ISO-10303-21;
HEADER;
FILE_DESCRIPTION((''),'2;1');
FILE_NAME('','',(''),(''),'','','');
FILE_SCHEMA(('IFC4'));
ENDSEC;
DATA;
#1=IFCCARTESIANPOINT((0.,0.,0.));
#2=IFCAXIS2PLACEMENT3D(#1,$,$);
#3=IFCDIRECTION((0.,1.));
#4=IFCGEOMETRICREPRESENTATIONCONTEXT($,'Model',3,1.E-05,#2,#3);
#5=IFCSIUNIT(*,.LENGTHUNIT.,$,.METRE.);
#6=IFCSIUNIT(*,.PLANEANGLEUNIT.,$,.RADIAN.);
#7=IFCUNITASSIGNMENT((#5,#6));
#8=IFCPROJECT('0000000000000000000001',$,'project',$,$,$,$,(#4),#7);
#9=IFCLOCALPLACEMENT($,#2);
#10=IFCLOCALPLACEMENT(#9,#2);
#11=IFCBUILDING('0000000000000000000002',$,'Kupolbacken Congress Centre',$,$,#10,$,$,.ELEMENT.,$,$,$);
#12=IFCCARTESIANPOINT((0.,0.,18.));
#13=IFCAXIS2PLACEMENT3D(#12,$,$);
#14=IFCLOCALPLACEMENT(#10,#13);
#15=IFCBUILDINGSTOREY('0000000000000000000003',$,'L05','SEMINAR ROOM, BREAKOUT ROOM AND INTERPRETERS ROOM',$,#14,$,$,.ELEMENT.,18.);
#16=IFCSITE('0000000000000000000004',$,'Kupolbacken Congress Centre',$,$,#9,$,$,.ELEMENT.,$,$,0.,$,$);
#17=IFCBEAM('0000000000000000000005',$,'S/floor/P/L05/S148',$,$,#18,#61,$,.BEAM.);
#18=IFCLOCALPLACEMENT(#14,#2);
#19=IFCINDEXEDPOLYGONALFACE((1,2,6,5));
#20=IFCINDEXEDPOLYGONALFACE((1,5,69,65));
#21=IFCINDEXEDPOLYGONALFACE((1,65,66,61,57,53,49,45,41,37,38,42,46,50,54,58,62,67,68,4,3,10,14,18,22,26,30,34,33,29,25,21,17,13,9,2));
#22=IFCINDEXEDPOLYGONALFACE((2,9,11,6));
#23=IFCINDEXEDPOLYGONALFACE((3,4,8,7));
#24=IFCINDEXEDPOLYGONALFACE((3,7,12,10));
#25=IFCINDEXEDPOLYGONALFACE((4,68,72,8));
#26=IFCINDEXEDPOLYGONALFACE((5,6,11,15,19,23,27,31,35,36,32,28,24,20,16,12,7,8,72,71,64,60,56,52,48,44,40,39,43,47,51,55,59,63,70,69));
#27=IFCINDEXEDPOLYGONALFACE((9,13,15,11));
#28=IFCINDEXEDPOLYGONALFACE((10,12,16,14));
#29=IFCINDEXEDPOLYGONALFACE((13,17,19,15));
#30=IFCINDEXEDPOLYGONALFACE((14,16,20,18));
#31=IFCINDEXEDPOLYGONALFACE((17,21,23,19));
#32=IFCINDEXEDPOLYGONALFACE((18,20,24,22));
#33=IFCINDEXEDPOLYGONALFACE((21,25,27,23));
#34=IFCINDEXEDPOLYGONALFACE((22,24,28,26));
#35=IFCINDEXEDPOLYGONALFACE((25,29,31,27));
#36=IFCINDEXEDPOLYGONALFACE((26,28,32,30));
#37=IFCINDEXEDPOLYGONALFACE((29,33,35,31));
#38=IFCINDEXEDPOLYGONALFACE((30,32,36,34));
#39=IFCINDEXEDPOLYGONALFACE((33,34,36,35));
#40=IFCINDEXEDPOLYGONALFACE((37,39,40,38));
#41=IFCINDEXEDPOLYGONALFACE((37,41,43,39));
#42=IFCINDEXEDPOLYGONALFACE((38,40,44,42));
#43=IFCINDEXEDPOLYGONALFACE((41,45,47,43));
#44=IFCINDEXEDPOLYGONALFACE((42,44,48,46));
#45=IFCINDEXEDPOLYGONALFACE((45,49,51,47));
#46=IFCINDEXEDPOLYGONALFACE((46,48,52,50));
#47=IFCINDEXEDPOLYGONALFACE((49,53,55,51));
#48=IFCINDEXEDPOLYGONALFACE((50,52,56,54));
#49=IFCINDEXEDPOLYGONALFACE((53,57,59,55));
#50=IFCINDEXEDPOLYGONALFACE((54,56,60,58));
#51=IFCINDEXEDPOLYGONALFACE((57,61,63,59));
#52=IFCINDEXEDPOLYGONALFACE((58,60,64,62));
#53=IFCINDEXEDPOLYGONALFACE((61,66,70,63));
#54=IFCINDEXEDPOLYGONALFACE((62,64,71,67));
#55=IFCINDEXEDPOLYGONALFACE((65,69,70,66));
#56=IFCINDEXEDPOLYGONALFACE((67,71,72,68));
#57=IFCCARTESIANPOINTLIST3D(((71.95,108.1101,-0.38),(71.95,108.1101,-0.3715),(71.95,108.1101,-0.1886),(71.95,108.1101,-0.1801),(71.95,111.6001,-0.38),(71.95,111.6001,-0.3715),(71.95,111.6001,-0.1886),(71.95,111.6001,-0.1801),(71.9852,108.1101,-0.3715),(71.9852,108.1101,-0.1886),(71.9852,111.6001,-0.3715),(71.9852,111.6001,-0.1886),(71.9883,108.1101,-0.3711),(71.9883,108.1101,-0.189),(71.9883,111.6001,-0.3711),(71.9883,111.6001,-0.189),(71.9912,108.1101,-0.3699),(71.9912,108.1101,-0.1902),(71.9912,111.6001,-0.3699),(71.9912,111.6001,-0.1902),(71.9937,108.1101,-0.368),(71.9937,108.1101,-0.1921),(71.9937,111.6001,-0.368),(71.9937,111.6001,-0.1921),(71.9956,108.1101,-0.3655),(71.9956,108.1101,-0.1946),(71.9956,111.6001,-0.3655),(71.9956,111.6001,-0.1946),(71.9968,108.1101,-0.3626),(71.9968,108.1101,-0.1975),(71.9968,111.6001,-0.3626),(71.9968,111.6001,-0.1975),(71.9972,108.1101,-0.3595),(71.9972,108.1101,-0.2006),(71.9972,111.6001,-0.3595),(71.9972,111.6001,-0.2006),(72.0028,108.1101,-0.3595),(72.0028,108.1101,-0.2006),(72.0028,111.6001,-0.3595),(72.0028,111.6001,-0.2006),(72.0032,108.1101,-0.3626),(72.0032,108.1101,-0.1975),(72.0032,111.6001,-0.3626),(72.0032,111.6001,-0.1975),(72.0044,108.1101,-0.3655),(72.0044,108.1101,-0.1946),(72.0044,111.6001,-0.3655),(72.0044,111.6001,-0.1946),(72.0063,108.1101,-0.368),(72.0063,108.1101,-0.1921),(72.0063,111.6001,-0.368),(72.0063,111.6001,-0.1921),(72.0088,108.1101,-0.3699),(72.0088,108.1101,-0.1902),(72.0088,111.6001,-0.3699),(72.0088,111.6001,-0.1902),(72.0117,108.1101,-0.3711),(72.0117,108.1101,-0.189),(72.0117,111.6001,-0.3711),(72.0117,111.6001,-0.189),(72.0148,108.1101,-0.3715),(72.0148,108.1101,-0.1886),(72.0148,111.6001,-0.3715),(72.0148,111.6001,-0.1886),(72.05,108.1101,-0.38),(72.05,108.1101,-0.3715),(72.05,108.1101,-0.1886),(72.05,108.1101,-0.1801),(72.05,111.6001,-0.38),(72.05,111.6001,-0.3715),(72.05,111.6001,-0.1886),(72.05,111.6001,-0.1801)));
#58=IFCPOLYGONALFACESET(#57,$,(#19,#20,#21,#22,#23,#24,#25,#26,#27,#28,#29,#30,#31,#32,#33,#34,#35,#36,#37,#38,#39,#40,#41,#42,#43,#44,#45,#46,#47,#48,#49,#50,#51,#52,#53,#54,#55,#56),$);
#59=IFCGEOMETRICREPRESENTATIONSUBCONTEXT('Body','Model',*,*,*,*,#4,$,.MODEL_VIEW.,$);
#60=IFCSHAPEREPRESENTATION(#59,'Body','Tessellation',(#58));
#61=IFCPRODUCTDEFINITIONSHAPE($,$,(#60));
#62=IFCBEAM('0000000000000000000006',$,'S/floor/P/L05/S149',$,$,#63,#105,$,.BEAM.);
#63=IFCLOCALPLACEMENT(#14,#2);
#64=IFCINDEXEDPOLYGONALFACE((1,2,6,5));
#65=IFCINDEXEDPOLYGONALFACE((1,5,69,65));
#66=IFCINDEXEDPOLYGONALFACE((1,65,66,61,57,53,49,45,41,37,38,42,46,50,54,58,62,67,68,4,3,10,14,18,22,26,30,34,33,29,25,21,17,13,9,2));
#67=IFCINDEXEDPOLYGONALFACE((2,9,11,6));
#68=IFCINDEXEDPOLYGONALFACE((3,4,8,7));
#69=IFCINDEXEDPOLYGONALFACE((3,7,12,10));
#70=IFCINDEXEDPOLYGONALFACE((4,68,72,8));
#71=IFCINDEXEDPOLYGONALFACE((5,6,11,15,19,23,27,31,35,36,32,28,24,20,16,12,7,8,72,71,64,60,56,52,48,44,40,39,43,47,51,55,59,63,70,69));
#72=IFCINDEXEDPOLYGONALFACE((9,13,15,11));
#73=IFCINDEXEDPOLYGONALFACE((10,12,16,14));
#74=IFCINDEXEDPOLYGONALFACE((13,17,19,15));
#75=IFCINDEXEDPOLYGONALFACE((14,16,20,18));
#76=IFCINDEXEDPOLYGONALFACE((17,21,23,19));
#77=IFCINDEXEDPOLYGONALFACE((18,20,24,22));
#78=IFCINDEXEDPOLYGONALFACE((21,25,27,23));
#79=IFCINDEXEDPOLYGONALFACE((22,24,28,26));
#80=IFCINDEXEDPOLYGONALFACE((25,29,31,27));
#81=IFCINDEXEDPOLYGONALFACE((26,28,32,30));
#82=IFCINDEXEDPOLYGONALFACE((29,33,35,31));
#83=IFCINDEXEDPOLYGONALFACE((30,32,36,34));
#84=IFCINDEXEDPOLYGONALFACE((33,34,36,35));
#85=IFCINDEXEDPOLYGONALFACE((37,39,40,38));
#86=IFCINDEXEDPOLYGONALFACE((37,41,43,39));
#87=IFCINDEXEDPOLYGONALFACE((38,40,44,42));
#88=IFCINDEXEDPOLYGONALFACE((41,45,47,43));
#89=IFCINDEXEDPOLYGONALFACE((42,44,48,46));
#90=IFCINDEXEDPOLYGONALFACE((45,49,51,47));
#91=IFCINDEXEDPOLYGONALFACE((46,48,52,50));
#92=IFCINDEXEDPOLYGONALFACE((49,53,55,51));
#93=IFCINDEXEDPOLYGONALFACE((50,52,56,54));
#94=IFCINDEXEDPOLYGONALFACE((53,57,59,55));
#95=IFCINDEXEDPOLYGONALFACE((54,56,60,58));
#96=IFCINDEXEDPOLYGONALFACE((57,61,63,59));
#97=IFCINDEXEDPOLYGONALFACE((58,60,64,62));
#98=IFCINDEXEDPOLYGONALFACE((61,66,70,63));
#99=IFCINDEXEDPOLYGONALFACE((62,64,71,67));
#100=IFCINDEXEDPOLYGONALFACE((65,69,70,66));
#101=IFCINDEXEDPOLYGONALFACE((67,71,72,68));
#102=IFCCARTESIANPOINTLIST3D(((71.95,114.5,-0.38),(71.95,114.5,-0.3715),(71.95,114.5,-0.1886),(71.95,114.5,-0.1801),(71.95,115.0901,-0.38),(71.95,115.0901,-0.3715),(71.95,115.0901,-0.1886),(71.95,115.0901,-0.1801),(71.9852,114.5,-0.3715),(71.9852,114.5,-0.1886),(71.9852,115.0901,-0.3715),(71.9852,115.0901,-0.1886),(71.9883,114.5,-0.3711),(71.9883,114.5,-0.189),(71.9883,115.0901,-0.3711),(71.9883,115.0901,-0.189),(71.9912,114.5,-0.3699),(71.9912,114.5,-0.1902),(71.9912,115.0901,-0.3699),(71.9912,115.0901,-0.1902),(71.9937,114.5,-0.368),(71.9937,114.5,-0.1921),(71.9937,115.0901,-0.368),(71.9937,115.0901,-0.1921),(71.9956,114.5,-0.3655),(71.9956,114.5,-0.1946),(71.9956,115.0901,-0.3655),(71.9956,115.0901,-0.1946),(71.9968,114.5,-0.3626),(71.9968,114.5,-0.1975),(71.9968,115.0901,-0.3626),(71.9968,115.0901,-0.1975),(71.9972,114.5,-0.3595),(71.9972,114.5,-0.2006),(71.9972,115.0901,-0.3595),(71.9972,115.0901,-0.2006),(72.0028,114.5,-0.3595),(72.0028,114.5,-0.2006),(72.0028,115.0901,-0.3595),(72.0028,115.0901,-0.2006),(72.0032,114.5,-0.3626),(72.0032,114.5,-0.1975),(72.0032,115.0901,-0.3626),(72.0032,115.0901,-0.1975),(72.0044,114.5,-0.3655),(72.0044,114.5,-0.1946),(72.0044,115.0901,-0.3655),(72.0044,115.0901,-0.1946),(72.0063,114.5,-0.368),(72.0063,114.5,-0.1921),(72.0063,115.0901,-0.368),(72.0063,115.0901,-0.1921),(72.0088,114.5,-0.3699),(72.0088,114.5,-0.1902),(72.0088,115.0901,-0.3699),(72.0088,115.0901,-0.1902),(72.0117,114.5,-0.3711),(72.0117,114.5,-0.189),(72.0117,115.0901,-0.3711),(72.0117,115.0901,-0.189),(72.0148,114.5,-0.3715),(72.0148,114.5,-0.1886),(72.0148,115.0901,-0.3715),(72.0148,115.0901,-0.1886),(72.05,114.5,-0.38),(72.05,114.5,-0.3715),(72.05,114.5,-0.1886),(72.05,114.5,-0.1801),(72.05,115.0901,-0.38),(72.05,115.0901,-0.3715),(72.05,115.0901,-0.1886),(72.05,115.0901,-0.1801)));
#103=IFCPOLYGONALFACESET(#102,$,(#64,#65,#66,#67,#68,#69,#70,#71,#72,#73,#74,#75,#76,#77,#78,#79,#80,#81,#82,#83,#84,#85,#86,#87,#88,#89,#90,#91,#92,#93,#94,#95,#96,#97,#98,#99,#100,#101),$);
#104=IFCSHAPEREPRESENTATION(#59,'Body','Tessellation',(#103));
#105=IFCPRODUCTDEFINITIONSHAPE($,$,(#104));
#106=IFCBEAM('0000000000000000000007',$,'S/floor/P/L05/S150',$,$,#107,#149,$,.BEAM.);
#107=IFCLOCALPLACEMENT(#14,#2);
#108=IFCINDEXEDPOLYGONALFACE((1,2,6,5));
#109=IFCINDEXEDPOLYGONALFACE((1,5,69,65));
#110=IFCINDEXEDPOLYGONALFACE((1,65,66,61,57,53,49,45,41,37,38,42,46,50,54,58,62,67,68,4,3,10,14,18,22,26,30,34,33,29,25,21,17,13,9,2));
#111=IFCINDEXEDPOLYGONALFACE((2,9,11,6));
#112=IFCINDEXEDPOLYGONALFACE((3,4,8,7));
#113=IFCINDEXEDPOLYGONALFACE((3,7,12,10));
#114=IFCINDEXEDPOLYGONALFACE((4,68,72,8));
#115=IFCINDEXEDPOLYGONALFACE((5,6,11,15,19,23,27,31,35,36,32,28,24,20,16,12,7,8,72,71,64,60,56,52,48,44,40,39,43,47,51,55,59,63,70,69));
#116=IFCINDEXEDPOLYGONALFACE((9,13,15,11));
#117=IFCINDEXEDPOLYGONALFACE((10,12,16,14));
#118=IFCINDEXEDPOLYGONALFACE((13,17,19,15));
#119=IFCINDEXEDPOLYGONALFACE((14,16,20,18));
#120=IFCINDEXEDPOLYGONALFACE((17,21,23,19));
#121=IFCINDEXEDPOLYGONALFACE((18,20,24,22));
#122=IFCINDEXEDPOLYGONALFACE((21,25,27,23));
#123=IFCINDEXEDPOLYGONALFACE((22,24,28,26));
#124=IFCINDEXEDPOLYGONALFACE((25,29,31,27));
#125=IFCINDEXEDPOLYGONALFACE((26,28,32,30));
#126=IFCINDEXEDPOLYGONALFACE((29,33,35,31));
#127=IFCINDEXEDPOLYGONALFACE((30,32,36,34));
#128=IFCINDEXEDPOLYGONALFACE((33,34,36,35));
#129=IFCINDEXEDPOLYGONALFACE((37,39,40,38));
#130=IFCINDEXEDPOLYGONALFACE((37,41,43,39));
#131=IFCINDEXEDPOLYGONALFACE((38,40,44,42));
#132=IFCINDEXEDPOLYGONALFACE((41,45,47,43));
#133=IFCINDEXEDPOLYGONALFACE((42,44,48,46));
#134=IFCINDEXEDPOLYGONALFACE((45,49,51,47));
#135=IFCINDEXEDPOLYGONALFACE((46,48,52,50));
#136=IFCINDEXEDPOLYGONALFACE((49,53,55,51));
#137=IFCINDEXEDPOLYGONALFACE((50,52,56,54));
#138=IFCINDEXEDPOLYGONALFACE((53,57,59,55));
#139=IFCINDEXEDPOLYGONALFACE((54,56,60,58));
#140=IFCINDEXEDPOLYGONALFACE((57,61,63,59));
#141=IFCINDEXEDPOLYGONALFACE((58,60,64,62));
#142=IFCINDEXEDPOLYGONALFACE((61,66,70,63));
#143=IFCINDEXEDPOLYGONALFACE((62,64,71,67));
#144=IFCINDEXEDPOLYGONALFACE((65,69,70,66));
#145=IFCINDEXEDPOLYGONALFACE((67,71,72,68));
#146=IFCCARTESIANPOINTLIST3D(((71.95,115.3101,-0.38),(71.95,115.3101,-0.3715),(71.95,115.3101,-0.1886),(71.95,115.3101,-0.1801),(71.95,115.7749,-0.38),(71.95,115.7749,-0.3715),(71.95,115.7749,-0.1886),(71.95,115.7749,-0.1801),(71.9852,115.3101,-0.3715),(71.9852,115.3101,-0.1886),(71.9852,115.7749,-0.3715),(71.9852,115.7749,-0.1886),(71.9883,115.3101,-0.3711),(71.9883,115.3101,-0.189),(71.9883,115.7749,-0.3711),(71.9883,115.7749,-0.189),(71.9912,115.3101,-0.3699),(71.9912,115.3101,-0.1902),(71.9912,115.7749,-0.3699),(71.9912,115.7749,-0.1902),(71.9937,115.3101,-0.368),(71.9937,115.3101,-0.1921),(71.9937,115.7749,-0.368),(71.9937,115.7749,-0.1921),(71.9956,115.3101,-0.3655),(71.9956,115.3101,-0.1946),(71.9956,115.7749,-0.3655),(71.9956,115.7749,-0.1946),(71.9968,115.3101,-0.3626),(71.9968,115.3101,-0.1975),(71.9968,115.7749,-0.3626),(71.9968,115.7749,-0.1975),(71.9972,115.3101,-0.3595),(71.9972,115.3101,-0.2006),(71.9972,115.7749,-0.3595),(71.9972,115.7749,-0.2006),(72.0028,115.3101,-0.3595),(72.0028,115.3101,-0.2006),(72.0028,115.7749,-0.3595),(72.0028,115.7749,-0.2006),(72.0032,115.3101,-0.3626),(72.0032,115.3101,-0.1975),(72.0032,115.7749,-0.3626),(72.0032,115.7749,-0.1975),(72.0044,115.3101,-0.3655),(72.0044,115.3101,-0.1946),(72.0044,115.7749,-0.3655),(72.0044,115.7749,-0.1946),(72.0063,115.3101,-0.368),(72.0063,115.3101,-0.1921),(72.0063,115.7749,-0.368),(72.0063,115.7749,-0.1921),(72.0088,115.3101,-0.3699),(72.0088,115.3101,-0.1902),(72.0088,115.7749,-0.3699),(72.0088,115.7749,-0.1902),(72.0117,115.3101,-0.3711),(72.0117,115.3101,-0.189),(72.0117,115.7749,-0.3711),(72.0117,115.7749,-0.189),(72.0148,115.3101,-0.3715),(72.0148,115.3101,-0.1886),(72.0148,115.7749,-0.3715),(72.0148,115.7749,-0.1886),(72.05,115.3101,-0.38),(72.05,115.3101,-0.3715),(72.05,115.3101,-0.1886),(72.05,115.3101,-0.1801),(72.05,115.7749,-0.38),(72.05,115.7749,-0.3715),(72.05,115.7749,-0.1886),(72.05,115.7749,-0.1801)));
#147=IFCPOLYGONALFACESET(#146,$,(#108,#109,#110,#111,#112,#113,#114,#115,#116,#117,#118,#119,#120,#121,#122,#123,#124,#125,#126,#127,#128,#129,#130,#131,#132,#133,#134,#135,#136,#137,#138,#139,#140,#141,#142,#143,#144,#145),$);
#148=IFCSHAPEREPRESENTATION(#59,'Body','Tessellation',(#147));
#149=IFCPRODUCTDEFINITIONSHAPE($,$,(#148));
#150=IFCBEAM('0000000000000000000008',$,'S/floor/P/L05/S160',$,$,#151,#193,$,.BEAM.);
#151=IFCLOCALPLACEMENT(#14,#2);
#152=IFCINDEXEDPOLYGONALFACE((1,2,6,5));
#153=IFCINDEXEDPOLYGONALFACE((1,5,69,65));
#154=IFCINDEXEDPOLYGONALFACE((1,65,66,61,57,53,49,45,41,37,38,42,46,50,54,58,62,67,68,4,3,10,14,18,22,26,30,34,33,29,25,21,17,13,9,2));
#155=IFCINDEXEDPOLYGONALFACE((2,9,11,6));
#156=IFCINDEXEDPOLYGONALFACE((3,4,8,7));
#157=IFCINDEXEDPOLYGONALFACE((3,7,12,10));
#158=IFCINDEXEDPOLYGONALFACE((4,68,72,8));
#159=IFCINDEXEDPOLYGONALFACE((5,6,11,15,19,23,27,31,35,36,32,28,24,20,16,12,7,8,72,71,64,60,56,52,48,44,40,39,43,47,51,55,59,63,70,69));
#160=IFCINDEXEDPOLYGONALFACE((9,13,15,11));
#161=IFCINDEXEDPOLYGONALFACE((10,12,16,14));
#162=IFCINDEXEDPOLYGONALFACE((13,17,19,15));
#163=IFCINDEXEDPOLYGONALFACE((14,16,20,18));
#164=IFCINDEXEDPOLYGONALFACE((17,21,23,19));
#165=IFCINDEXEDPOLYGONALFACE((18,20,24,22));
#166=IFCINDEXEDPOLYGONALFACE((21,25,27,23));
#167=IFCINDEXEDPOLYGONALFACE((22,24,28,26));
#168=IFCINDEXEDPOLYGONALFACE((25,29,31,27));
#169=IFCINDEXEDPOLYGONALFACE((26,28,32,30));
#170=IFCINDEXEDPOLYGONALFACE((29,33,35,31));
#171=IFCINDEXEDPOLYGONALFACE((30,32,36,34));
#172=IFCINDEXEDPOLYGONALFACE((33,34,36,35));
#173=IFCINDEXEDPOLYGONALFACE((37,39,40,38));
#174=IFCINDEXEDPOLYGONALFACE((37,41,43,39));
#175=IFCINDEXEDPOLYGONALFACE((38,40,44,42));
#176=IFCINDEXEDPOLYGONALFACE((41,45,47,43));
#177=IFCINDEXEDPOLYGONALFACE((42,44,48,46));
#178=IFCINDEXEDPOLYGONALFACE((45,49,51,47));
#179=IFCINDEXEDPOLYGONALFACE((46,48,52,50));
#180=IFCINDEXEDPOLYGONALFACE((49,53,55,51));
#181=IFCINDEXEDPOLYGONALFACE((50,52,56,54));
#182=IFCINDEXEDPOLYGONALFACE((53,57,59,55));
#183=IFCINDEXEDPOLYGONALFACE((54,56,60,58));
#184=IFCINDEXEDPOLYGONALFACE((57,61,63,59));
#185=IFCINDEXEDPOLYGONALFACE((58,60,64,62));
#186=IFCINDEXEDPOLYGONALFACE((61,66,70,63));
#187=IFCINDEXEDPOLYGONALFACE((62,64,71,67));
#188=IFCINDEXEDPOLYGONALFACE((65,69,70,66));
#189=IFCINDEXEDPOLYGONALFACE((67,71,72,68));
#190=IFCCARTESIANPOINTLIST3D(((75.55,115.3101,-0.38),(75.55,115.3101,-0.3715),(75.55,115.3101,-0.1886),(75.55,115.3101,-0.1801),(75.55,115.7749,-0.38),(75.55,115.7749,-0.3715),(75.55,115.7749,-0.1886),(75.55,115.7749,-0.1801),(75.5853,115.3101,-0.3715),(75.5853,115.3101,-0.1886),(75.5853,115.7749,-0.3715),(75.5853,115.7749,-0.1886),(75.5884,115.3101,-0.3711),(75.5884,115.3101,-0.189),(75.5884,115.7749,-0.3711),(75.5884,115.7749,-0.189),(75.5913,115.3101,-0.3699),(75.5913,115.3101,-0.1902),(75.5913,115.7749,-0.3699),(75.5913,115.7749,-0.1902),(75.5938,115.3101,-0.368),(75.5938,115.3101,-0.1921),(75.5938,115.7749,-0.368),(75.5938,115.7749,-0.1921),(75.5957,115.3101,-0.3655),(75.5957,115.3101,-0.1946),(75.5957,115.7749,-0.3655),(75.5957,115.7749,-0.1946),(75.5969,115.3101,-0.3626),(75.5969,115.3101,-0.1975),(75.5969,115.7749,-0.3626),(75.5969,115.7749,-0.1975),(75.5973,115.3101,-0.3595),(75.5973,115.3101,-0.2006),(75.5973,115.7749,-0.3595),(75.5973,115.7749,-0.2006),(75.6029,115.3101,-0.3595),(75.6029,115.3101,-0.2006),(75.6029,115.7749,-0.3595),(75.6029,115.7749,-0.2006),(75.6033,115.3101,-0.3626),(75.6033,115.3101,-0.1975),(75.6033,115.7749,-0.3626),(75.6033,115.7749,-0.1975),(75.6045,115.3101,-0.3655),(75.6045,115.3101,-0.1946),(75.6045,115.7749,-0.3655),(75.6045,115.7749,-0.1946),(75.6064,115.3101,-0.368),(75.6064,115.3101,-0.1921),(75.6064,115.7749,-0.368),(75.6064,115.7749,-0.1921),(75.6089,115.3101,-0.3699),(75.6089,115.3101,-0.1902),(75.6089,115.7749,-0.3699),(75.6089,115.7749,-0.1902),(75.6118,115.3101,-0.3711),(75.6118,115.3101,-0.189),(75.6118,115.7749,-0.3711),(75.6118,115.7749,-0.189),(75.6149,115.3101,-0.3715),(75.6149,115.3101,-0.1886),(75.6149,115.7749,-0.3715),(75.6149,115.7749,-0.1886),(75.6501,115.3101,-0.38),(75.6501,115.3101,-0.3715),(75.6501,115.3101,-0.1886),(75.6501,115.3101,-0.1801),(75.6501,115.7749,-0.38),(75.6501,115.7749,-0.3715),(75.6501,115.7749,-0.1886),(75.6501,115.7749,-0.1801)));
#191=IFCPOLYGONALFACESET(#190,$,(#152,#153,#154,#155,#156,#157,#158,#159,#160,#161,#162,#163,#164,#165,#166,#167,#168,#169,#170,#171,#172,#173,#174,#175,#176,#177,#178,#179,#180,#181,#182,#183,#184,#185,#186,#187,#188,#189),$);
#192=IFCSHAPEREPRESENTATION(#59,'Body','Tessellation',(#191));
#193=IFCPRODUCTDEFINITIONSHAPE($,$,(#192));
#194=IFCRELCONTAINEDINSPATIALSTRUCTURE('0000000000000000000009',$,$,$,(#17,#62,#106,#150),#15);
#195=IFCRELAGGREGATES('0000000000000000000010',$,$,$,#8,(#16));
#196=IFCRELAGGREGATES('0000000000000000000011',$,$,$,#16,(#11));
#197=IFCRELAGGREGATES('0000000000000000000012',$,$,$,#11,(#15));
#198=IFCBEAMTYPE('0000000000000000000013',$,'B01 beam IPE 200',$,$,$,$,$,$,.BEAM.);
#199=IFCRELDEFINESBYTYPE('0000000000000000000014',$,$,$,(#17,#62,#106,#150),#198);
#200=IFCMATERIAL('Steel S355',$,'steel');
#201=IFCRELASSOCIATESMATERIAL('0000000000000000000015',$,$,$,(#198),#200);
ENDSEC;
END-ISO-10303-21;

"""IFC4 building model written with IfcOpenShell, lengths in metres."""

from ifc_helpers import new_model, si_unit, direction, frame, origin, origin_2d, place, context, subcontext, project, spatial, i_section, extrude, material, material_profile, profile_set, type_object, element, save


model = new_model("IFC4")

# Units and contexts
model_context = context("Model", 3, precision=1e-05, world=origin(), true_north=direction((0.0, 1.0)))
body_context = subcontext(model_context, "Body", "Model", "MODEL_VIEW")
ifc_project = project(units=[si_unit("LENGTHUNIT", "METRE"), si_unit("PLANEANGLEUNIT", "RADIAN")], contexts=[model_context])

# Site, building, storey
site_placement = place(None, origin())
site = spatial("IfcSite", under=ifc_project, at=site_placement, Name="Kupolbacken Congress Centre", CompositionType="ELEMENT", RefElevation=0.0)
building_placement = place(site_placement, origin())
building = spatial("IfcBuilding", under=site, at=building_placement, Name="Kupolbacken Congress Centre", CompositionType="ELEMENT")
storey_placement = place(building_placement, frame((0.0, 0.0, 18.0)))
storey = spatial("IfcBuildingStorey", under=building, at=storey_placement, Name="L05", Description="SEMINAR ROOM, BREAKOUT ROOM AND INTERPRETERS ROOM", CompositionType="ELEMENT", Elevation=18.0)

# Beams
ifc_material_1 = material(Name="Steel S355", Category="steel")
ifc_material_profile_1 = material_profile(ifc_material_1, i_section(OverallWidth=0.1001, OverallDepth=0.2, WebThickness=0.0056, FlangeThickness=0.0085, FilletRadius=0.012, at=origin_2d()), Name="IPE 200")
ifc_profile_set_1 = profile_set([ifc_material_profile_1], Name="Steel S355")
beam_type_1 = type_object("IfcBeamType", Name="B01 beam IPE 200", PredefinedType="BEAM", material=ifc_profile_set_1)
beam_1_placement = place(storey_placement, frame((72.0, 108.1101, -0.28), z_axis=(0.0, 1.0, 0.0), x_axis=(-1.0, 0.0, 0.0)))
element("IfcBeam", 1, at=beam_1_placement, inside=storey, type_object=beam_type_1, Name="S/floor/P/L05/S148", PredefinedType="BEAM", context=body_context, shape_type="SweptSolid", body=[
    extrude(i_section(OverallWidth=0.1001, OverallDepth=0.2, WebThickness=0.0056, FlangeThickness=0.0085, FilletRadius=0.012, at=origin_2d()), origin(), (0.0, 0.0, 1.0), 3.49),
])
beam_2_placement = place(storey_placement, frame((72.0, 114.5, -0.28), z_axis=(0.0, 1.0, 0.0), x_axis=(-1.0, 0.0, 0.0)))
element("IfcBeam", 2, at=beam_2_placement, inside=storey, type_object=beam_type_1, Name="S/floor/P/L05/S149", PredefinedType="BEAM", context=body_context, shape_type="SweptSolid", body=[
    extrude(i_section(OverallWidth=0.1001, OverallDepth=0.2, WebThickness=0.0056, FlangeThickness=0.0085, FilletRadius=0.012, at=origin_2d()), origin(), (0.0, 0.0, 1.0), 0.5901),
])
for number, where, z_axis, x_axis, name in (
    (3, (72.0, 115.3101, -0.28), (0.0, 1.0, 0.0), (-1.0, 0.0, 0.0), "S/floor/P/L05/S150"),
    (4, (75.6001, 115.3101, -0.28), (0.0, 1.0, 0.0), (-1.0, 0.0, 0.0), "S/floor/P/L05/S160"),
):
    element("IfcBeam", number, at=place(storey_placement, frame(where, z_axis=z_axis, x_axis=x_axis)), inside=storey, type_object=beam_type_1, Name=name, PredefinedType="BEAM", context=body_context, shape_type="SweptSolid", body=[
        extrude(i_section(OverallWidth=0.1001, OverallDepth=0.2, WebThickness=0.0056, FlangeThickness=0.0085, FilletRadius=0.012, at=origin_2d()), origin(), (0.0, 0.0, 1.0), 0.4648),
    ])

save(model, "model.ifc")
